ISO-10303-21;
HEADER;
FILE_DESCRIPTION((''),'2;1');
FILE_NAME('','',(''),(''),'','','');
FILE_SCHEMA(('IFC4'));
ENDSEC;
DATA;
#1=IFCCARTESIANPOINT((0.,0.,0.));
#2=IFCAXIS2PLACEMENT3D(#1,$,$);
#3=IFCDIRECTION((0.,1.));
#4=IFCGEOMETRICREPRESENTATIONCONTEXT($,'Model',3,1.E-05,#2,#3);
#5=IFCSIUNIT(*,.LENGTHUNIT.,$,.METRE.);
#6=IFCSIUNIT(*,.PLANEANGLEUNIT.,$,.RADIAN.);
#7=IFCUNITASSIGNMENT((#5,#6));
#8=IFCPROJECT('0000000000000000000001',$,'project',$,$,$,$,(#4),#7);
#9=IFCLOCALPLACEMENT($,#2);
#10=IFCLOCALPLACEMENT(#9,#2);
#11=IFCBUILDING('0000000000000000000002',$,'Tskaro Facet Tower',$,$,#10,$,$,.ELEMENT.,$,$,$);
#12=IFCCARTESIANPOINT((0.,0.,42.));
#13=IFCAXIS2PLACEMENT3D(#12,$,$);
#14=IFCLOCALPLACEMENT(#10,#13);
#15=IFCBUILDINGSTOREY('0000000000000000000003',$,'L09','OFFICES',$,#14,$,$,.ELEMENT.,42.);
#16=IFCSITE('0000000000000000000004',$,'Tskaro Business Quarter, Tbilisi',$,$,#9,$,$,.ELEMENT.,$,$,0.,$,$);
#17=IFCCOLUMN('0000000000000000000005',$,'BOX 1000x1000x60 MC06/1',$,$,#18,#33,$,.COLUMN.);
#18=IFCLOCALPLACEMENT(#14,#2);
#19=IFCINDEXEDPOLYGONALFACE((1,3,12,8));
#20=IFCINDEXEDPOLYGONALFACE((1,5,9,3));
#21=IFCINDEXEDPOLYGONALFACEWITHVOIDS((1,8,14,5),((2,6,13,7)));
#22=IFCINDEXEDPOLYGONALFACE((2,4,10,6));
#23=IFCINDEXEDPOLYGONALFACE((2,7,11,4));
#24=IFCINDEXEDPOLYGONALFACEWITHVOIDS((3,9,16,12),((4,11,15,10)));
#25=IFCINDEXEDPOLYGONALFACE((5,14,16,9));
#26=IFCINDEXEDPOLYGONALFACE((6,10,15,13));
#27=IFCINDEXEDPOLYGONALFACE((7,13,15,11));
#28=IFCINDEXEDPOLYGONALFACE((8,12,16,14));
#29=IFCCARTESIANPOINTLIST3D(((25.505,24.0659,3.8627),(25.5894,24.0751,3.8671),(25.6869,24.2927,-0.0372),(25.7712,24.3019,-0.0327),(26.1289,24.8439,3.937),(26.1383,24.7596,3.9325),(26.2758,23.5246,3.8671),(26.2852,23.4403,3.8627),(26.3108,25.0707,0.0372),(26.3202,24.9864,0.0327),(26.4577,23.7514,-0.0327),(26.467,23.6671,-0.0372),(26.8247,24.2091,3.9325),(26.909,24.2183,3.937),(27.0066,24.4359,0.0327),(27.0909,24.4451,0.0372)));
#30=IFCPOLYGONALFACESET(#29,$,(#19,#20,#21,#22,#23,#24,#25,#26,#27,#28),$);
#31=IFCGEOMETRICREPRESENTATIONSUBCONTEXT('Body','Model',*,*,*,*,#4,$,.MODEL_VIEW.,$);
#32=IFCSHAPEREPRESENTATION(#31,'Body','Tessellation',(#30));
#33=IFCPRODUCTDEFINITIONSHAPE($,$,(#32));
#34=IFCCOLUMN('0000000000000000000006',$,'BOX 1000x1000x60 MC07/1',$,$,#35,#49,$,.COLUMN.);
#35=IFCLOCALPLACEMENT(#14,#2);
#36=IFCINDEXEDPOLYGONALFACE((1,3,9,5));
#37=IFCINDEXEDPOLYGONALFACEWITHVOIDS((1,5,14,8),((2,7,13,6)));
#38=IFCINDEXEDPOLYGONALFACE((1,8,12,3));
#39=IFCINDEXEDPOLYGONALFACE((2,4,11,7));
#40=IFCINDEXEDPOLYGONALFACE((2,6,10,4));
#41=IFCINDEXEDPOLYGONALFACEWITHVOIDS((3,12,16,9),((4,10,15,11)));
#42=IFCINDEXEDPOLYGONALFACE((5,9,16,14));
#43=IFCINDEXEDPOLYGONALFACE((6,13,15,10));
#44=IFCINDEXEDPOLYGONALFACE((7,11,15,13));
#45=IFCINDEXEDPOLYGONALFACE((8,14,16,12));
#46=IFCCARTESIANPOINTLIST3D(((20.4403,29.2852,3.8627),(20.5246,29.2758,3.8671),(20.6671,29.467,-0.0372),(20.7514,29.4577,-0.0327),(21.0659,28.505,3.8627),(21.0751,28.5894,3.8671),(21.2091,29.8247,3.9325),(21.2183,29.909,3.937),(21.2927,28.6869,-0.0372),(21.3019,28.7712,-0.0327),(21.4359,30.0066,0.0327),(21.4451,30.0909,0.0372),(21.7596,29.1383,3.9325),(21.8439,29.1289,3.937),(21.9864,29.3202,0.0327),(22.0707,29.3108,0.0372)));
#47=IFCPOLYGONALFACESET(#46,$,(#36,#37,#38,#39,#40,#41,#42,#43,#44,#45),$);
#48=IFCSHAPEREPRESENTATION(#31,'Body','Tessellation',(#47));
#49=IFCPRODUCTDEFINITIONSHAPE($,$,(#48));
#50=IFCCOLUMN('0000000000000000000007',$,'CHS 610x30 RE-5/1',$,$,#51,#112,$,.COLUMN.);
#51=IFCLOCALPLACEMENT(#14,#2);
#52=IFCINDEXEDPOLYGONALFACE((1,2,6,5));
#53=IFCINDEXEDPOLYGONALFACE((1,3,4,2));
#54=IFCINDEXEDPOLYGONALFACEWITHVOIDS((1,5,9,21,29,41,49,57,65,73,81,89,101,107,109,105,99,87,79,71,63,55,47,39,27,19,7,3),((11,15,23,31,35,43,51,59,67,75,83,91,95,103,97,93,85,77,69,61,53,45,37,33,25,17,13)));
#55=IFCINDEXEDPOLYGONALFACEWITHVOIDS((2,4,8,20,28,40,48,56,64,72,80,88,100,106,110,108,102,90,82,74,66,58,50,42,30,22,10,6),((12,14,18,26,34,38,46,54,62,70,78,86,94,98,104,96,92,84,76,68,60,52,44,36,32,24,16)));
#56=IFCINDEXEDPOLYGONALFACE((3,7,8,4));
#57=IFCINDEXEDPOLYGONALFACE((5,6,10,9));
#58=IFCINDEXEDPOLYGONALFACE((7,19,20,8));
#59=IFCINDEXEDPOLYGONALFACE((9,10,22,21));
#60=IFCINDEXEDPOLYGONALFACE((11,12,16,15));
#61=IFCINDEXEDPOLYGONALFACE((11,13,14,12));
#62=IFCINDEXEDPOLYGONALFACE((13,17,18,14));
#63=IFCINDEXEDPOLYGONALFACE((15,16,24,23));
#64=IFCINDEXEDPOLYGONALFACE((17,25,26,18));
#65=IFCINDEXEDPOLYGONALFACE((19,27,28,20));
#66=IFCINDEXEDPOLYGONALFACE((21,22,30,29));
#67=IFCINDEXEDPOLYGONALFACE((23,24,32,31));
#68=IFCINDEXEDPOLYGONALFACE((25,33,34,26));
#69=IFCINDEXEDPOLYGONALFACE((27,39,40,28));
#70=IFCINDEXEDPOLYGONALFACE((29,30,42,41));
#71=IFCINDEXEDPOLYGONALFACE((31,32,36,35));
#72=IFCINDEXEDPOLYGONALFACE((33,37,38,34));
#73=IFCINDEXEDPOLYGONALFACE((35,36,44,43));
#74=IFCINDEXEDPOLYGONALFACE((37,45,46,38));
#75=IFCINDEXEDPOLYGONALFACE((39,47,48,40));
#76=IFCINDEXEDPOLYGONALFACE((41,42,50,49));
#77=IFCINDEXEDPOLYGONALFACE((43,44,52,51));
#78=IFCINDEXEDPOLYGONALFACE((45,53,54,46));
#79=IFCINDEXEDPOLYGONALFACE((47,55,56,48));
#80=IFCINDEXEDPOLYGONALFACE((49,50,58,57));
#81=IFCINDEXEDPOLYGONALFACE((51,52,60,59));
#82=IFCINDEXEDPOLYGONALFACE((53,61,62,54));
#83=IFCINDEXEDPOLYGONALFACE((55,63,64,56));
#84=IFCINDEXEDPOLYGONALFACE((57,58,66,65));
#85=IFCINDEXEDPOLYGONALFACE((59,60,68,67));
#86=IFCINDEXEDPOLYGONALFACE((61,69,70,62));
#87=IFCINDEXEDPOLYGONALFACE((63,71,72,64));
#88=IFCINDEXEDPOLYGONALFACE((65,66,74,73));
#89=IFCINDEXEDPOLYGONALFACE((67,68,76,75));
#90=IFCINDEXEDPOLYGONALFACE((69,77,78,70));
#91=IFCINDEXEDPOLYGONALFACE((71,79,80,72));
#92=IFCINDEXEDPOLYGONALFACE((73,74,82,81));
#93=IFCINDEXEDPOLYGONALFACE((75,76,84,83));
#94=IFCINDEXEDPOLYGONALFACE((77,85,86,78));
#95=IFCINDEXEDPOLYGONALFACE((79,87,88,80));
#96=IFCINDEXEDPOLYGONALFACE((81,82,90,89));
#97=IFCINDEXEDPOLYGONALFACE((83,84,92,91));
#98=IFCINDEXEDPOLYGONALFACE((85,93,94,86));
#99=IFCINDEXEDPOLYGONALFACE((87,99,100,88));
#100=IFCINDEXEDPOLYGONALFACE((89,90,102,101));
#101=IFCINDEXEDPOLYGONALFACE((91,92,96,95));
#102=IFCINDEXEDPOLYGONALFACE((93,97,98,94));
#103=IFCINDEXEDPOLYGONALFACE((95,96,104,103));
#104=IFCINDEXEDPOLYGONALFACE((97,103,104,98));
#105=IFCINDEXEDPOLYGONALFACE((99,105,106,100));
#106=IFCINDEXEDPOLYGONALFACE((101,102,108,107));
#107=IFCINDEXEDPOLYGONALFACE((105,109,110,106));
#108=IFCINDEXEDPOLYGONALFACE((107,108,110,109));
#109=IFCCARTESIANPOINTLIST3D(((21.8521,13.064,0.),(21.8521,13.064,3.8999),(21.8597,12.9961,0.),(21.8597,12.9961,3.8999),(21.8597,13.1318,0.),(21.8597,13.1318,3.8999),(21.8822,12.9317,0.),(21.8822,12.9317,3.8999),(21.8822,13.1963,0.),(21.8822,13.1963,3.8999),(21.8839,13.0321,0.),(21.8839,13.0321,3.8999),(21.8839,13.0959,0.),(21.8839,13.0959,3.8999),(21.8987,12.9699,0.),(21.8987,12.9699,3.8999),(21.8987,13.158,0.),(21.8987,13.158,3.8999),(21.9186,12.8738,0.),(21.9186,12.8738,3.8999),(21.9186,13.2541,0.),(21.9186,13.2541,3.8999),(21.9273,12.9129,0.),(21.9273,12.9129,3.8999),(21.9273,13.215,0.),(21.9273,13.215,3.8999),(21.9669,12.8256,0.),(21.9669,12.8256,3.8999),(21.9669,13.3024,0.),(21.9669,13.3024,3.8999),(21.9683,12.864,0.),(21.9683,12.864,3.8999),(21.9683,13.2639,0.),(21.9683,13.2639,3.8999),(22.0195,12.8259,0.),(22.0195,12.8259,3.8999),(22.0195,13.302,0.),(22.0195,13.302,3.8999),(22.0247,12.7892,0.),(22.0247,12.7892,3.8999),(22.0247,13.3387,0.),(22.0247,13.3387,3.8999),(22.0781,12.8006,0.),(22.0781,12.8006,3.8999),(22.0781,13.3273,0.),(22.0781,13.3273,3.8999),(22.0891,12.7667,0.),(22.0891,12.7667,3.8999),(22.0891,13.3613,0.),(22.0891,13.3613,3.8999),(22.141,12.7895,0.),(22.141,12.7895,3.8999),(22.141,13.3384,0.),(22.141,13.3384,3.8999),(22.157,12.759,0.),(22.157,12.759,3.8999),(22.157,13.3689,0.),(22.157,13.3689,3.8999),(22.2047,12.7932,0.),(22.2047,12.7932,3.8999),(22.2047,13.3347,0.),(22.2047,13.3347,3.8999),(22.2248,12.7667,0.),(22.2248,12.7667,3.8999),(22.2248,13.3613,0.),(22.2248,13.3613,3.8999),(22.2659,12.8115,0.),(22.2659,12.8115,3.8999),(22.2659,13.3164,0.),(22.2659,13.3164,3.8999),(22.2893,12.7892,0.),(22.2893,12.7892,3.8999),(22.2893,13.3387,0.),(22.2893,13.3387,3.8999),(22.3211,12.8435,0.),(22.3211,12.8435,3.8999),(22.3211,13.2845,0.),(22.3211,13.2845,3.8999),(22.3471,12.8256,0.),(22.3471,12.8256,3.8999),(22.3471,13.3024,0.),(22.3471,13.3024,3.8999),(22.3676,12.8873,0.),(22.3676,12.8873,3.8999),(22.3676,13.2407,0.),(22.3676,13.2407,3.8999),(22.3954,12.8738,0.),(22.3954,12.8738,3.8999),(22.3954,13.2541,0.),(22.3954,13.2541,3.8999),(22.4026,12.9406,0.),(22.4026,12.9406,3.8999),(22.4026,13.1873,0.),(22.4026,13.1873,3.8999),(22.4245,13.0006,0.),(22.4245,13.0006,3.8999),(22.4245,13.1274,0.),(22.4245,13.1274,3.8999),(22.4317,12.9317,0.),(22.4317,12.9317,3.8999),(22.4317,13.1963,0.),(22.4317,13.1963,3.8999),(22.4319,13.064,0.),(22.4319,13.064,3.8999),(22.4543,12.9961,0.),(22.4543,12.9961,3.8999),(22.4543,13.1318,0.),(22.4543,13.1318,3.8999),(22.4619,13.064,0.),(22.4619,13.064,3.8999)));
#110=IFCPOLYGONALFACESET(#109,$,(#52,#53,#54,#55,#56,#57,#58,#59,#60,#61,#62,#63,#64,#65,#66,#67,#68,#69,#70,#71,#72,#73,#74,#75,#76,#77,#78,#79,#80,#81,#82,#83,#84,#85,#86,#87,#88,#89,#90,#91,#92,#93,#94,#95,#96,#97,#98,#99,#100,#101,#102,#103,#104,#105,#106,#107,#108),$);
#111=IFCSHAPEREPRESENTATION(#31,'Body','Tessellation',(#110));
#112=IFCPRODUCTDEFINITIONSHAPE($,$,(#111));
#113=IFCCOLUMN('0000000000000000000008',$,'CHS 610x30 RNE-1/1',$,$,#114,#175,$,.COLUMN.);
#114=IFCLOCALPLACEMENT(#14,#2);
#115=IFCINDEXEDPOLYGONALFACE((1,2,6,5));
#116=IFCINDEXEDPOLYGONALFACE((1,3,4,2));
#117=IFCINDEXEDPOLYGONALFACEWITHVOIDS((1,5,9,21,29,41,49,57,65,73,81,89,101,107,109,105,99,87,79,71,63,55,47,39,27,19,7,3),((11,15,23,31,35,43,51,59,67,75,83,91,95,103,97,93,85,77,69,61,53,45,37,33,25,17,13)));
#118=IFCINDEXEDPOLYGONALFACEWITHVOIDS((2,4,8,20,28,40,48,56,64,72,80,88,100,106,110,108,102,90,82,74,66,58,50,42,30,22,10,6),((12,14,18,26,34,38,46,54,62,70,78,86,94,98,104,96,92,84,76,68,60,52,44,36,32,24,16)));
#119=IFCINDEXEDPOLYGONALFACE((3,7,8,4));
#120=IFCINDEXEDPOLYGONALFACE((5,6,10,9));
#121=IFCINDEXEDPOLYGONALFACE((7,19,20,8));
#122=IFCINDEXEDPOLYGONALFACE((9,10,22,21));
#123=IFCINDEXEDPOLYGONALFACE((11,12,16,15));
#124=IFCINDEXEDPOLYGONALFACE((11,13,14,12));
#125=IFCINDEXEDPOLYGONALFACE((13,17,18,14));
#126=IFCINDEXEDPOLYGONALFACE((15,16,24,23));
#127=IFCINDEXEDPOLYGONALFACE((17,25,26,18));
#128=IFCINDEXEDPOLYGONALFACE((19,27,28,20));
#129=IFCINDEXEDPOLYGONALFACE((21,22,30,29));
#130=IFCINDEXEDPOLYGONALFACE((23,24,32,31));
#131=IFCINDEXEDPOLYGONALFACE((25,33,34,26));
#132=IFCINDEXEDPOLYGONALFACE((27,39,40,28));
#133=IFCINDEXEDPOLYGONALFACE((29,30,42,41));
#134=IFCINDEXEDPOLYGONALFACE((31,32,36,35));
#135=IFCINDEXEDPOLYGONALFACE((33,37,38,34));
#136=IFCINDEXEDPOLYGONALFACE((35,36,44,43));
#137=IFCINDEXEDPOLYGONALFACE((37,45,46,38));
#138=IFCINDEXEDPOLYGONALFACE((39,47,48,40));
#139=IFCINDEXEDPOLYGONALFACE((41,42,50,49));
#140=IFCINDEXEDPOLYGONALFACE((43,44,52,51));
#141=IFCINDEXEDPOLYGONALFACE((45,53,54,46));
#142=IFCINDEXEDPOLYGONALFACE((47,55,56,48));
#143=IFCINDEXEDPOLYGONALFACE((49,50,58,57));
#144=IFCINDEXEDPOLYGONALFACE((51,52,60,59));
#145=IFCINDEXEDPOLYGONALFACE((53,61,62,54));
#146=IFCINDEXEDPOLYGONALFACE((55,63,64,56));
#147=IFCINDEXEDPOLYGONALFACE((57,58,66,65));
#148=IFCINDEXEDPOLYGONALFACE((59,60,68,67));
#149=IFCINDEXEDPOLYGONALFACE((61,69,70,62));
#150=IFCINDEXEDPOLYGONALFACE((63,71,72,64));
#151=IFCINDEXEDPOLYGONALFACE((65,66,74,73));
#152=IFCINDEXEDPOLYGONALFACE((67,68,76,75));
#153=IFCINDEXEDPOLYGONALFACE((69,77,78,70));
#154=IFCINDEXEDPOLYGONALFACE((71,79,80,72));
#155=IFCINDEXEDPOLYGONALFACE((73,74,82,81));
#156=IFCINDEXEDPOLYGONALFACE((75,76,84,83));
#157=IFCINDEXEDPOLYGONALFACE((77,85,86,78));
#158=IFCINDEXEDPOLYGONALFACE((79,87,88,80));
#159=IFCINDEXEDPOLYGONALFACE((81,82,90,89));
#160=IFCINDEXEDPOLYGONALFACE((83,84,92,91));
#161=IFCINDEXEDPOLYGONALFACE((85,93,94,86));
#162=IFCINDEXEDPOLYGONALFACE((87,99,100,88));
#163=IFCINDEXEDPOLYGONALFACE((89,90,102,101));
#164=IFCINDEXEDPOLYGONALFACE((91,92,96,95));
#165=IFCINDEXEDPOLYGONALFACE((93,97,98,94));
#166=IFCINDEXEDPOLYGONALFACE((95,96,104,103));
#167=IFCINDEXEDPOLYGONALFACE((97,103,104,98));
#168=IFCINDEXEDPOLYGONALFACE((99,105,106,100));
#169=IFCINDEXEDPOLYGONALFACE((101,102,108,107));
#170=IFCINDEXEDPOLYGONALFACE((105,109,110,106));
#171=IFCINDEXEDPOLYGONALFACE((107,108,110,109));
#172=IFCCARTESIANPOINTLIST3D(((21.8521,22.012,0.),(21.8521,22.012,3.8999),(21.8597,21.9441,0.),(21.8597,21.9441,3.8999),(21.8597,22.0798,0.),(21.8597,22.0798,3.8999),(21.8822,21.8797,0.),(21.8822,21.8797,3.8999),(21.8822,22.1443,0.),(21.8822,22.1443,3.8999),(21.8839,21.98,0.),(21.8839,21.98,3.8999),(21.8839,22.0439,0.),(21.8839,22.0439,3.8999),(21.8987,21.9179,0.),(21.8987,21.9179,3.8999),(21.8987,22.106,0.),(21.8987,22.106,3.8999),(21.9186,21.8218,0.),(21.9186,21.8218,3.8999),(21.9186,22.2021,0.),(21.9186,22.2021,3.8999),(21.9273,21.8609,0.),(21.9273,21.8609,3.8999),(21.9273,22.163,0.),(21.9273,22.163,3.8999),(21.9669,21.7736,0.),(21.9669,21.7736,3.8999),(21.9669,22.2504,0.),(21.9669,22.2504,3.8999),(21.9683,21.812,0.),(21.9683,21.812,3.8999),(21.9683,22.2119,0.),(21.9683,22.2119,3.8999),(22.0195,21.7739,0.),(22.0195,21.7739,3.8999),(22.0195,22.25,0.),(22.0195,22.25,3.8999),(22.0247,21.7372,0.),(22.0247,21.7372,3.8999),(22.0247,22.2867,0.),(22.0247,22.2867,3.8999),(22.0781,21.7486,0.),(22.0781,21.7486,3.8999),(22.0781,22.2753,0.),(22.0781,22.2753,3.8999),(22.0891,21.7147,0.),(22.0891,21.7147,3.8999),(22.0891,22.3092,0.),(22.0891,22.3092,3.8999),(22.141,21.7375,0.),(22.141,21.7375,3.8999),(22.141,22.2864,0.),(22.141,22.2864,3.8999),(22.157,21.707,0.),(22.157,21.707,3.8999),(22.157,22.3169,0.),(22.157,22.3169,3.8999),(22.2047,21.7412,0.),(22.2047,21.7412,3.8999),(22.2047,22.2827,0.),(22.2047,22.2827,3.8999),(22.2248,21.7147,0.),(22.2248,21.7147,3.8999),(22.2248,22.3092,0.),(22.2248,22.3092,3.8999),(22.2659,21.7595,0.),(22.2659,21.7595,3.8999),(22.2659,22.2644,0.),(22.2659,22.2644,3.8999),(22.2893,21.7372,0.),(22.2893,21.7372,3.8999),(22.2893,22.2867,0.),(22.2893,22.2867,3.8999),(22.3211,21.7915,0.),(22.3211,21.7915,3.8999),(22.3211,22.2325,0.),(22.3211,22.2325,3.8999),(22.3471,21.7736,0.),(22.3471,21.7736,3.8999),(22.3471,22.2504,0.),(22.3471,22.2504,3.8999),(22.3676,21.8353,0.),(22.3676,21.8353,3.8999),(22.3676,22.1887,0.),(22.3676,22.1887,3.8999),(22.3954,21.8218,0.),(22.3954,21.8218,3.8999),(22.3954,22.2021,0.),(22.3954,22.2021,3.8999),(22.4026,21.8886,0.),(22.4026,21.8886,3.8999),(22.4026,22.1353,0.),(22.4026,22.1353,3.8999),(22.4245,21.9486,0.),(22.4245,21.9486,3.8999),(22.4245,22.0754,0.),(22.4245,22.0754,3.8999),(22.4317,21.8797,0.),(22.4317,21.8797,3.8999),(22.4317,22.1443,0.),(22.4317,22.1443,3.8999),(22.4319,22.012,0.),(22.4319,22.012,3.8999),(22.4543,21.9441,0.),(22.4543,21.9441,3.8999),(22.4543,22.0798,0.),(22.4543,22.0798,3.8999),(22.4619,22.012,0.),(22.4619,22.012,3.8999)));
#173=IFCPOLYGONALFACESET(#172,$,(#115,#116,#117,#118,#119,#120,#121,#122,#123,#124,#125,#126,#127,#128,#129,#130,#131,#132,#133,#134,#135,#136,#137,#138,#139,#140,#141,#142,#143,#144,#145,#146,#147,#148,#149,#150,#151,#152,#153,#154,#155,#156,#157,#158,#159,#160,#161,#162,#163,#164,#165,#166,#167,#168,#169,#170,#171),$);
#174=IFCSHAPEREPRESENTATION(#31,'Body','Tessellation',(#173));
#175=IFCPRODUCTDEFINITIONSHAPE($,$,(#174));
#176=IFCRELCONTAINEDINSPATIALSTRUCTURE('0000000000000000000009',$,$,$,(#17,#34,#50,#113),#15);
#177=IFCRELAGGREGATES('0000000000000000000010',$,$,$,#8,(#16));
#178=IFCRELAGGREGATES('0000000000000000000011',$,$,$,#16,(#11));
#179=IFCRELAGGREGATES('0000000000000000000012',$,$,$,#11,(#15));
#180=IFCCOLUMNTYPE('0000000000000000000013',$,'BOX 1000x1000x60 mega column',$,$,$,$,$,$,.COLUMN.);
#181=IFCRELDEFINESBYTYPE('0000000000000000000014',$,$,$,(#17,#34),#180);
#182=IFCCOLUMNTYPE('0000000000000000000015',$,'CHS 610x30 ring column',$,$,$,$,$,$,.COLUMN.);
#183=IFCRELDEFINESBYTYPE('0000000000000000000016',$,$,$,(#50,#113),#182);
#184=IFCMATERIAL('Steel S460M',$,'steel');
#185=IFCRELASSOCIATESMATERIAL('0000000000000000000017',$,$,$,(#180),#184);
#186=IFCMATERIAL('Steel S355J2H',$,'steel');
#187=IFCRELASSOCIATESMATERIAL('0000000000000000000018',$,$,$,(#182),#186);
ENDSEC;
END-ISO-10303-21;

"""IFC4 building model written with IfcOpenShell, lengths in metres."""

from ifc_helpers import new_model, si_unit, direction, frame, origin, origin_2d, place, context, subcontext, project, spatial, hollow_rectangle, hollow_circle, extrude, material, material_profile, profile_set, type_object, element, save


model = new_model("IFC4")

# Units and contexts
model_context = context("Model", 3, precision=1e-05, world=origin(), true_north=direction((0.0, 1.0)))
body_context = subcontext(model_context, "Body", "Model", "MODEL_VIEW")
ifc_project = project(units=[si_unit("LENGTHUNIT", "METRE"), si_unit("PLANEANGLEUNIT", "RADIAN")], contexts=[model_context])

# Site, building, storey
site_placement = place(None, origin())
site = spatial("IfcSite", under=ifc_project, at=site_placement, Name="Tskaro Business Quarter, Tbilisi", CompositionType="ELEMENT", RefElevation=0.0)
building_placement = place(site_placement, origin())
building = spatial("IfcBuilding", under=site, at=building_placement, Name="Tskaro Facet Tower", CompositionType="ELEMENT")
storey_placement = place(building_placement, frame((0.0, 0.0, 42.0)))
storey = spatial("IfcBuildingStorey", under=building, at=storey_placement, Name="L09", Description="OFFICES", CompositionType="ELEMENT", Elevation=42.0)

# Columns
ifc_material_1 = material(Name="Steel S460M", Category="steel")
ifc_material_profile_1 = material_profile(ifc_material_1, hollow_rectangle(XDim=1.0, YDim=1.0, WallThickness=0.0601, at=origin_2d()), Name="BOX 1000x1000x60")
ifc_profile_set_1 = profile_set([ifc_material_profile_1], Name="Steel S460M")
column_type_1 = type_object("IfcColumnType", Name="BOX 1000x1000x60 mega column", PredefinedType="COLUMN", material=ifc_profile_set_1)
for number, where, z_axis, x_axis, name in (
    (1, (26.3889, 24.3689, 0.0), (-0.046509, -0.057996, 0.997233), (0.780131, -0.625616, 0.0), "BOX 1000x1000x60 MC06/1"),
    (2, (21.3689, 29.3889, 0.0), (-0.057996, -0.046509, 0.997233), (0.625616, -0.780131, 0.0), "BOX 1000x1000x60 MC07/1"),
):
    element("IfcColumn", number, at=place(storey_placement, frame(where, z_axis=z_axis, x_axis=x_axis)), inside=storey, type_object=column_type_1, Name=name, PredefinedType="COLUMN", context=body_context, shape_type="SweptSolid", body=[
        extrude(hollow_rectangle(XDim=1.0, YDim=1.0, WallThickness=0.0601, at=origin_2d()), origin(), (0.0, 0.0, 1.0), 3.9106),
    ])
ifc_material_2 = material(Name="Steel S355J2H", Category="steel")
ifc_material_profile_2 = material_profile(ifc_material_2, hollow_circle(Radius=0.3049, WallThickness=0.03, at=origin_2d()), Name="CHS 610x30")
ifc_profile_set_2 = profile_set([ifc_material_profile_2], Name="Steel S355J2H")
column_type_2 = type_object("IfcColumnType", Name="CHS 610x30 ring column", PredefinedType="COLUMN", material=ifc_profile_set_2)
for number, where, z_axis, x_axis, name in (
    (3, (22.157, 13.064, 0.0), (0.0, 0.0, 1.0), (1.0, 0.0, 0.0), "CHS 610x30 RE-5/1"),
    (4, (22.157, 22.012, 0.0), (0.0, 0.0, 1.0), (1.0, 0.0, 0.0), "CHS 610x30 RNE-1/1"),
):
    element("IfcColumn", number, at=place(storey_placement, frame(where, z_axis=z_axis, x_axis=x_axis)), inside=storey, type_object=column_type_2, Name=name, PredefinedType="COLUMN", context=body_context, shape_type="SweptSolid", body=[
        extrude(hollow_circle(Radius=0.3049, WallThickness=0.03, at=origin_2d()), origin(), (0.0, 0.0, 1.0), 3.8999),
    ])

save(model, "model.ifc")
